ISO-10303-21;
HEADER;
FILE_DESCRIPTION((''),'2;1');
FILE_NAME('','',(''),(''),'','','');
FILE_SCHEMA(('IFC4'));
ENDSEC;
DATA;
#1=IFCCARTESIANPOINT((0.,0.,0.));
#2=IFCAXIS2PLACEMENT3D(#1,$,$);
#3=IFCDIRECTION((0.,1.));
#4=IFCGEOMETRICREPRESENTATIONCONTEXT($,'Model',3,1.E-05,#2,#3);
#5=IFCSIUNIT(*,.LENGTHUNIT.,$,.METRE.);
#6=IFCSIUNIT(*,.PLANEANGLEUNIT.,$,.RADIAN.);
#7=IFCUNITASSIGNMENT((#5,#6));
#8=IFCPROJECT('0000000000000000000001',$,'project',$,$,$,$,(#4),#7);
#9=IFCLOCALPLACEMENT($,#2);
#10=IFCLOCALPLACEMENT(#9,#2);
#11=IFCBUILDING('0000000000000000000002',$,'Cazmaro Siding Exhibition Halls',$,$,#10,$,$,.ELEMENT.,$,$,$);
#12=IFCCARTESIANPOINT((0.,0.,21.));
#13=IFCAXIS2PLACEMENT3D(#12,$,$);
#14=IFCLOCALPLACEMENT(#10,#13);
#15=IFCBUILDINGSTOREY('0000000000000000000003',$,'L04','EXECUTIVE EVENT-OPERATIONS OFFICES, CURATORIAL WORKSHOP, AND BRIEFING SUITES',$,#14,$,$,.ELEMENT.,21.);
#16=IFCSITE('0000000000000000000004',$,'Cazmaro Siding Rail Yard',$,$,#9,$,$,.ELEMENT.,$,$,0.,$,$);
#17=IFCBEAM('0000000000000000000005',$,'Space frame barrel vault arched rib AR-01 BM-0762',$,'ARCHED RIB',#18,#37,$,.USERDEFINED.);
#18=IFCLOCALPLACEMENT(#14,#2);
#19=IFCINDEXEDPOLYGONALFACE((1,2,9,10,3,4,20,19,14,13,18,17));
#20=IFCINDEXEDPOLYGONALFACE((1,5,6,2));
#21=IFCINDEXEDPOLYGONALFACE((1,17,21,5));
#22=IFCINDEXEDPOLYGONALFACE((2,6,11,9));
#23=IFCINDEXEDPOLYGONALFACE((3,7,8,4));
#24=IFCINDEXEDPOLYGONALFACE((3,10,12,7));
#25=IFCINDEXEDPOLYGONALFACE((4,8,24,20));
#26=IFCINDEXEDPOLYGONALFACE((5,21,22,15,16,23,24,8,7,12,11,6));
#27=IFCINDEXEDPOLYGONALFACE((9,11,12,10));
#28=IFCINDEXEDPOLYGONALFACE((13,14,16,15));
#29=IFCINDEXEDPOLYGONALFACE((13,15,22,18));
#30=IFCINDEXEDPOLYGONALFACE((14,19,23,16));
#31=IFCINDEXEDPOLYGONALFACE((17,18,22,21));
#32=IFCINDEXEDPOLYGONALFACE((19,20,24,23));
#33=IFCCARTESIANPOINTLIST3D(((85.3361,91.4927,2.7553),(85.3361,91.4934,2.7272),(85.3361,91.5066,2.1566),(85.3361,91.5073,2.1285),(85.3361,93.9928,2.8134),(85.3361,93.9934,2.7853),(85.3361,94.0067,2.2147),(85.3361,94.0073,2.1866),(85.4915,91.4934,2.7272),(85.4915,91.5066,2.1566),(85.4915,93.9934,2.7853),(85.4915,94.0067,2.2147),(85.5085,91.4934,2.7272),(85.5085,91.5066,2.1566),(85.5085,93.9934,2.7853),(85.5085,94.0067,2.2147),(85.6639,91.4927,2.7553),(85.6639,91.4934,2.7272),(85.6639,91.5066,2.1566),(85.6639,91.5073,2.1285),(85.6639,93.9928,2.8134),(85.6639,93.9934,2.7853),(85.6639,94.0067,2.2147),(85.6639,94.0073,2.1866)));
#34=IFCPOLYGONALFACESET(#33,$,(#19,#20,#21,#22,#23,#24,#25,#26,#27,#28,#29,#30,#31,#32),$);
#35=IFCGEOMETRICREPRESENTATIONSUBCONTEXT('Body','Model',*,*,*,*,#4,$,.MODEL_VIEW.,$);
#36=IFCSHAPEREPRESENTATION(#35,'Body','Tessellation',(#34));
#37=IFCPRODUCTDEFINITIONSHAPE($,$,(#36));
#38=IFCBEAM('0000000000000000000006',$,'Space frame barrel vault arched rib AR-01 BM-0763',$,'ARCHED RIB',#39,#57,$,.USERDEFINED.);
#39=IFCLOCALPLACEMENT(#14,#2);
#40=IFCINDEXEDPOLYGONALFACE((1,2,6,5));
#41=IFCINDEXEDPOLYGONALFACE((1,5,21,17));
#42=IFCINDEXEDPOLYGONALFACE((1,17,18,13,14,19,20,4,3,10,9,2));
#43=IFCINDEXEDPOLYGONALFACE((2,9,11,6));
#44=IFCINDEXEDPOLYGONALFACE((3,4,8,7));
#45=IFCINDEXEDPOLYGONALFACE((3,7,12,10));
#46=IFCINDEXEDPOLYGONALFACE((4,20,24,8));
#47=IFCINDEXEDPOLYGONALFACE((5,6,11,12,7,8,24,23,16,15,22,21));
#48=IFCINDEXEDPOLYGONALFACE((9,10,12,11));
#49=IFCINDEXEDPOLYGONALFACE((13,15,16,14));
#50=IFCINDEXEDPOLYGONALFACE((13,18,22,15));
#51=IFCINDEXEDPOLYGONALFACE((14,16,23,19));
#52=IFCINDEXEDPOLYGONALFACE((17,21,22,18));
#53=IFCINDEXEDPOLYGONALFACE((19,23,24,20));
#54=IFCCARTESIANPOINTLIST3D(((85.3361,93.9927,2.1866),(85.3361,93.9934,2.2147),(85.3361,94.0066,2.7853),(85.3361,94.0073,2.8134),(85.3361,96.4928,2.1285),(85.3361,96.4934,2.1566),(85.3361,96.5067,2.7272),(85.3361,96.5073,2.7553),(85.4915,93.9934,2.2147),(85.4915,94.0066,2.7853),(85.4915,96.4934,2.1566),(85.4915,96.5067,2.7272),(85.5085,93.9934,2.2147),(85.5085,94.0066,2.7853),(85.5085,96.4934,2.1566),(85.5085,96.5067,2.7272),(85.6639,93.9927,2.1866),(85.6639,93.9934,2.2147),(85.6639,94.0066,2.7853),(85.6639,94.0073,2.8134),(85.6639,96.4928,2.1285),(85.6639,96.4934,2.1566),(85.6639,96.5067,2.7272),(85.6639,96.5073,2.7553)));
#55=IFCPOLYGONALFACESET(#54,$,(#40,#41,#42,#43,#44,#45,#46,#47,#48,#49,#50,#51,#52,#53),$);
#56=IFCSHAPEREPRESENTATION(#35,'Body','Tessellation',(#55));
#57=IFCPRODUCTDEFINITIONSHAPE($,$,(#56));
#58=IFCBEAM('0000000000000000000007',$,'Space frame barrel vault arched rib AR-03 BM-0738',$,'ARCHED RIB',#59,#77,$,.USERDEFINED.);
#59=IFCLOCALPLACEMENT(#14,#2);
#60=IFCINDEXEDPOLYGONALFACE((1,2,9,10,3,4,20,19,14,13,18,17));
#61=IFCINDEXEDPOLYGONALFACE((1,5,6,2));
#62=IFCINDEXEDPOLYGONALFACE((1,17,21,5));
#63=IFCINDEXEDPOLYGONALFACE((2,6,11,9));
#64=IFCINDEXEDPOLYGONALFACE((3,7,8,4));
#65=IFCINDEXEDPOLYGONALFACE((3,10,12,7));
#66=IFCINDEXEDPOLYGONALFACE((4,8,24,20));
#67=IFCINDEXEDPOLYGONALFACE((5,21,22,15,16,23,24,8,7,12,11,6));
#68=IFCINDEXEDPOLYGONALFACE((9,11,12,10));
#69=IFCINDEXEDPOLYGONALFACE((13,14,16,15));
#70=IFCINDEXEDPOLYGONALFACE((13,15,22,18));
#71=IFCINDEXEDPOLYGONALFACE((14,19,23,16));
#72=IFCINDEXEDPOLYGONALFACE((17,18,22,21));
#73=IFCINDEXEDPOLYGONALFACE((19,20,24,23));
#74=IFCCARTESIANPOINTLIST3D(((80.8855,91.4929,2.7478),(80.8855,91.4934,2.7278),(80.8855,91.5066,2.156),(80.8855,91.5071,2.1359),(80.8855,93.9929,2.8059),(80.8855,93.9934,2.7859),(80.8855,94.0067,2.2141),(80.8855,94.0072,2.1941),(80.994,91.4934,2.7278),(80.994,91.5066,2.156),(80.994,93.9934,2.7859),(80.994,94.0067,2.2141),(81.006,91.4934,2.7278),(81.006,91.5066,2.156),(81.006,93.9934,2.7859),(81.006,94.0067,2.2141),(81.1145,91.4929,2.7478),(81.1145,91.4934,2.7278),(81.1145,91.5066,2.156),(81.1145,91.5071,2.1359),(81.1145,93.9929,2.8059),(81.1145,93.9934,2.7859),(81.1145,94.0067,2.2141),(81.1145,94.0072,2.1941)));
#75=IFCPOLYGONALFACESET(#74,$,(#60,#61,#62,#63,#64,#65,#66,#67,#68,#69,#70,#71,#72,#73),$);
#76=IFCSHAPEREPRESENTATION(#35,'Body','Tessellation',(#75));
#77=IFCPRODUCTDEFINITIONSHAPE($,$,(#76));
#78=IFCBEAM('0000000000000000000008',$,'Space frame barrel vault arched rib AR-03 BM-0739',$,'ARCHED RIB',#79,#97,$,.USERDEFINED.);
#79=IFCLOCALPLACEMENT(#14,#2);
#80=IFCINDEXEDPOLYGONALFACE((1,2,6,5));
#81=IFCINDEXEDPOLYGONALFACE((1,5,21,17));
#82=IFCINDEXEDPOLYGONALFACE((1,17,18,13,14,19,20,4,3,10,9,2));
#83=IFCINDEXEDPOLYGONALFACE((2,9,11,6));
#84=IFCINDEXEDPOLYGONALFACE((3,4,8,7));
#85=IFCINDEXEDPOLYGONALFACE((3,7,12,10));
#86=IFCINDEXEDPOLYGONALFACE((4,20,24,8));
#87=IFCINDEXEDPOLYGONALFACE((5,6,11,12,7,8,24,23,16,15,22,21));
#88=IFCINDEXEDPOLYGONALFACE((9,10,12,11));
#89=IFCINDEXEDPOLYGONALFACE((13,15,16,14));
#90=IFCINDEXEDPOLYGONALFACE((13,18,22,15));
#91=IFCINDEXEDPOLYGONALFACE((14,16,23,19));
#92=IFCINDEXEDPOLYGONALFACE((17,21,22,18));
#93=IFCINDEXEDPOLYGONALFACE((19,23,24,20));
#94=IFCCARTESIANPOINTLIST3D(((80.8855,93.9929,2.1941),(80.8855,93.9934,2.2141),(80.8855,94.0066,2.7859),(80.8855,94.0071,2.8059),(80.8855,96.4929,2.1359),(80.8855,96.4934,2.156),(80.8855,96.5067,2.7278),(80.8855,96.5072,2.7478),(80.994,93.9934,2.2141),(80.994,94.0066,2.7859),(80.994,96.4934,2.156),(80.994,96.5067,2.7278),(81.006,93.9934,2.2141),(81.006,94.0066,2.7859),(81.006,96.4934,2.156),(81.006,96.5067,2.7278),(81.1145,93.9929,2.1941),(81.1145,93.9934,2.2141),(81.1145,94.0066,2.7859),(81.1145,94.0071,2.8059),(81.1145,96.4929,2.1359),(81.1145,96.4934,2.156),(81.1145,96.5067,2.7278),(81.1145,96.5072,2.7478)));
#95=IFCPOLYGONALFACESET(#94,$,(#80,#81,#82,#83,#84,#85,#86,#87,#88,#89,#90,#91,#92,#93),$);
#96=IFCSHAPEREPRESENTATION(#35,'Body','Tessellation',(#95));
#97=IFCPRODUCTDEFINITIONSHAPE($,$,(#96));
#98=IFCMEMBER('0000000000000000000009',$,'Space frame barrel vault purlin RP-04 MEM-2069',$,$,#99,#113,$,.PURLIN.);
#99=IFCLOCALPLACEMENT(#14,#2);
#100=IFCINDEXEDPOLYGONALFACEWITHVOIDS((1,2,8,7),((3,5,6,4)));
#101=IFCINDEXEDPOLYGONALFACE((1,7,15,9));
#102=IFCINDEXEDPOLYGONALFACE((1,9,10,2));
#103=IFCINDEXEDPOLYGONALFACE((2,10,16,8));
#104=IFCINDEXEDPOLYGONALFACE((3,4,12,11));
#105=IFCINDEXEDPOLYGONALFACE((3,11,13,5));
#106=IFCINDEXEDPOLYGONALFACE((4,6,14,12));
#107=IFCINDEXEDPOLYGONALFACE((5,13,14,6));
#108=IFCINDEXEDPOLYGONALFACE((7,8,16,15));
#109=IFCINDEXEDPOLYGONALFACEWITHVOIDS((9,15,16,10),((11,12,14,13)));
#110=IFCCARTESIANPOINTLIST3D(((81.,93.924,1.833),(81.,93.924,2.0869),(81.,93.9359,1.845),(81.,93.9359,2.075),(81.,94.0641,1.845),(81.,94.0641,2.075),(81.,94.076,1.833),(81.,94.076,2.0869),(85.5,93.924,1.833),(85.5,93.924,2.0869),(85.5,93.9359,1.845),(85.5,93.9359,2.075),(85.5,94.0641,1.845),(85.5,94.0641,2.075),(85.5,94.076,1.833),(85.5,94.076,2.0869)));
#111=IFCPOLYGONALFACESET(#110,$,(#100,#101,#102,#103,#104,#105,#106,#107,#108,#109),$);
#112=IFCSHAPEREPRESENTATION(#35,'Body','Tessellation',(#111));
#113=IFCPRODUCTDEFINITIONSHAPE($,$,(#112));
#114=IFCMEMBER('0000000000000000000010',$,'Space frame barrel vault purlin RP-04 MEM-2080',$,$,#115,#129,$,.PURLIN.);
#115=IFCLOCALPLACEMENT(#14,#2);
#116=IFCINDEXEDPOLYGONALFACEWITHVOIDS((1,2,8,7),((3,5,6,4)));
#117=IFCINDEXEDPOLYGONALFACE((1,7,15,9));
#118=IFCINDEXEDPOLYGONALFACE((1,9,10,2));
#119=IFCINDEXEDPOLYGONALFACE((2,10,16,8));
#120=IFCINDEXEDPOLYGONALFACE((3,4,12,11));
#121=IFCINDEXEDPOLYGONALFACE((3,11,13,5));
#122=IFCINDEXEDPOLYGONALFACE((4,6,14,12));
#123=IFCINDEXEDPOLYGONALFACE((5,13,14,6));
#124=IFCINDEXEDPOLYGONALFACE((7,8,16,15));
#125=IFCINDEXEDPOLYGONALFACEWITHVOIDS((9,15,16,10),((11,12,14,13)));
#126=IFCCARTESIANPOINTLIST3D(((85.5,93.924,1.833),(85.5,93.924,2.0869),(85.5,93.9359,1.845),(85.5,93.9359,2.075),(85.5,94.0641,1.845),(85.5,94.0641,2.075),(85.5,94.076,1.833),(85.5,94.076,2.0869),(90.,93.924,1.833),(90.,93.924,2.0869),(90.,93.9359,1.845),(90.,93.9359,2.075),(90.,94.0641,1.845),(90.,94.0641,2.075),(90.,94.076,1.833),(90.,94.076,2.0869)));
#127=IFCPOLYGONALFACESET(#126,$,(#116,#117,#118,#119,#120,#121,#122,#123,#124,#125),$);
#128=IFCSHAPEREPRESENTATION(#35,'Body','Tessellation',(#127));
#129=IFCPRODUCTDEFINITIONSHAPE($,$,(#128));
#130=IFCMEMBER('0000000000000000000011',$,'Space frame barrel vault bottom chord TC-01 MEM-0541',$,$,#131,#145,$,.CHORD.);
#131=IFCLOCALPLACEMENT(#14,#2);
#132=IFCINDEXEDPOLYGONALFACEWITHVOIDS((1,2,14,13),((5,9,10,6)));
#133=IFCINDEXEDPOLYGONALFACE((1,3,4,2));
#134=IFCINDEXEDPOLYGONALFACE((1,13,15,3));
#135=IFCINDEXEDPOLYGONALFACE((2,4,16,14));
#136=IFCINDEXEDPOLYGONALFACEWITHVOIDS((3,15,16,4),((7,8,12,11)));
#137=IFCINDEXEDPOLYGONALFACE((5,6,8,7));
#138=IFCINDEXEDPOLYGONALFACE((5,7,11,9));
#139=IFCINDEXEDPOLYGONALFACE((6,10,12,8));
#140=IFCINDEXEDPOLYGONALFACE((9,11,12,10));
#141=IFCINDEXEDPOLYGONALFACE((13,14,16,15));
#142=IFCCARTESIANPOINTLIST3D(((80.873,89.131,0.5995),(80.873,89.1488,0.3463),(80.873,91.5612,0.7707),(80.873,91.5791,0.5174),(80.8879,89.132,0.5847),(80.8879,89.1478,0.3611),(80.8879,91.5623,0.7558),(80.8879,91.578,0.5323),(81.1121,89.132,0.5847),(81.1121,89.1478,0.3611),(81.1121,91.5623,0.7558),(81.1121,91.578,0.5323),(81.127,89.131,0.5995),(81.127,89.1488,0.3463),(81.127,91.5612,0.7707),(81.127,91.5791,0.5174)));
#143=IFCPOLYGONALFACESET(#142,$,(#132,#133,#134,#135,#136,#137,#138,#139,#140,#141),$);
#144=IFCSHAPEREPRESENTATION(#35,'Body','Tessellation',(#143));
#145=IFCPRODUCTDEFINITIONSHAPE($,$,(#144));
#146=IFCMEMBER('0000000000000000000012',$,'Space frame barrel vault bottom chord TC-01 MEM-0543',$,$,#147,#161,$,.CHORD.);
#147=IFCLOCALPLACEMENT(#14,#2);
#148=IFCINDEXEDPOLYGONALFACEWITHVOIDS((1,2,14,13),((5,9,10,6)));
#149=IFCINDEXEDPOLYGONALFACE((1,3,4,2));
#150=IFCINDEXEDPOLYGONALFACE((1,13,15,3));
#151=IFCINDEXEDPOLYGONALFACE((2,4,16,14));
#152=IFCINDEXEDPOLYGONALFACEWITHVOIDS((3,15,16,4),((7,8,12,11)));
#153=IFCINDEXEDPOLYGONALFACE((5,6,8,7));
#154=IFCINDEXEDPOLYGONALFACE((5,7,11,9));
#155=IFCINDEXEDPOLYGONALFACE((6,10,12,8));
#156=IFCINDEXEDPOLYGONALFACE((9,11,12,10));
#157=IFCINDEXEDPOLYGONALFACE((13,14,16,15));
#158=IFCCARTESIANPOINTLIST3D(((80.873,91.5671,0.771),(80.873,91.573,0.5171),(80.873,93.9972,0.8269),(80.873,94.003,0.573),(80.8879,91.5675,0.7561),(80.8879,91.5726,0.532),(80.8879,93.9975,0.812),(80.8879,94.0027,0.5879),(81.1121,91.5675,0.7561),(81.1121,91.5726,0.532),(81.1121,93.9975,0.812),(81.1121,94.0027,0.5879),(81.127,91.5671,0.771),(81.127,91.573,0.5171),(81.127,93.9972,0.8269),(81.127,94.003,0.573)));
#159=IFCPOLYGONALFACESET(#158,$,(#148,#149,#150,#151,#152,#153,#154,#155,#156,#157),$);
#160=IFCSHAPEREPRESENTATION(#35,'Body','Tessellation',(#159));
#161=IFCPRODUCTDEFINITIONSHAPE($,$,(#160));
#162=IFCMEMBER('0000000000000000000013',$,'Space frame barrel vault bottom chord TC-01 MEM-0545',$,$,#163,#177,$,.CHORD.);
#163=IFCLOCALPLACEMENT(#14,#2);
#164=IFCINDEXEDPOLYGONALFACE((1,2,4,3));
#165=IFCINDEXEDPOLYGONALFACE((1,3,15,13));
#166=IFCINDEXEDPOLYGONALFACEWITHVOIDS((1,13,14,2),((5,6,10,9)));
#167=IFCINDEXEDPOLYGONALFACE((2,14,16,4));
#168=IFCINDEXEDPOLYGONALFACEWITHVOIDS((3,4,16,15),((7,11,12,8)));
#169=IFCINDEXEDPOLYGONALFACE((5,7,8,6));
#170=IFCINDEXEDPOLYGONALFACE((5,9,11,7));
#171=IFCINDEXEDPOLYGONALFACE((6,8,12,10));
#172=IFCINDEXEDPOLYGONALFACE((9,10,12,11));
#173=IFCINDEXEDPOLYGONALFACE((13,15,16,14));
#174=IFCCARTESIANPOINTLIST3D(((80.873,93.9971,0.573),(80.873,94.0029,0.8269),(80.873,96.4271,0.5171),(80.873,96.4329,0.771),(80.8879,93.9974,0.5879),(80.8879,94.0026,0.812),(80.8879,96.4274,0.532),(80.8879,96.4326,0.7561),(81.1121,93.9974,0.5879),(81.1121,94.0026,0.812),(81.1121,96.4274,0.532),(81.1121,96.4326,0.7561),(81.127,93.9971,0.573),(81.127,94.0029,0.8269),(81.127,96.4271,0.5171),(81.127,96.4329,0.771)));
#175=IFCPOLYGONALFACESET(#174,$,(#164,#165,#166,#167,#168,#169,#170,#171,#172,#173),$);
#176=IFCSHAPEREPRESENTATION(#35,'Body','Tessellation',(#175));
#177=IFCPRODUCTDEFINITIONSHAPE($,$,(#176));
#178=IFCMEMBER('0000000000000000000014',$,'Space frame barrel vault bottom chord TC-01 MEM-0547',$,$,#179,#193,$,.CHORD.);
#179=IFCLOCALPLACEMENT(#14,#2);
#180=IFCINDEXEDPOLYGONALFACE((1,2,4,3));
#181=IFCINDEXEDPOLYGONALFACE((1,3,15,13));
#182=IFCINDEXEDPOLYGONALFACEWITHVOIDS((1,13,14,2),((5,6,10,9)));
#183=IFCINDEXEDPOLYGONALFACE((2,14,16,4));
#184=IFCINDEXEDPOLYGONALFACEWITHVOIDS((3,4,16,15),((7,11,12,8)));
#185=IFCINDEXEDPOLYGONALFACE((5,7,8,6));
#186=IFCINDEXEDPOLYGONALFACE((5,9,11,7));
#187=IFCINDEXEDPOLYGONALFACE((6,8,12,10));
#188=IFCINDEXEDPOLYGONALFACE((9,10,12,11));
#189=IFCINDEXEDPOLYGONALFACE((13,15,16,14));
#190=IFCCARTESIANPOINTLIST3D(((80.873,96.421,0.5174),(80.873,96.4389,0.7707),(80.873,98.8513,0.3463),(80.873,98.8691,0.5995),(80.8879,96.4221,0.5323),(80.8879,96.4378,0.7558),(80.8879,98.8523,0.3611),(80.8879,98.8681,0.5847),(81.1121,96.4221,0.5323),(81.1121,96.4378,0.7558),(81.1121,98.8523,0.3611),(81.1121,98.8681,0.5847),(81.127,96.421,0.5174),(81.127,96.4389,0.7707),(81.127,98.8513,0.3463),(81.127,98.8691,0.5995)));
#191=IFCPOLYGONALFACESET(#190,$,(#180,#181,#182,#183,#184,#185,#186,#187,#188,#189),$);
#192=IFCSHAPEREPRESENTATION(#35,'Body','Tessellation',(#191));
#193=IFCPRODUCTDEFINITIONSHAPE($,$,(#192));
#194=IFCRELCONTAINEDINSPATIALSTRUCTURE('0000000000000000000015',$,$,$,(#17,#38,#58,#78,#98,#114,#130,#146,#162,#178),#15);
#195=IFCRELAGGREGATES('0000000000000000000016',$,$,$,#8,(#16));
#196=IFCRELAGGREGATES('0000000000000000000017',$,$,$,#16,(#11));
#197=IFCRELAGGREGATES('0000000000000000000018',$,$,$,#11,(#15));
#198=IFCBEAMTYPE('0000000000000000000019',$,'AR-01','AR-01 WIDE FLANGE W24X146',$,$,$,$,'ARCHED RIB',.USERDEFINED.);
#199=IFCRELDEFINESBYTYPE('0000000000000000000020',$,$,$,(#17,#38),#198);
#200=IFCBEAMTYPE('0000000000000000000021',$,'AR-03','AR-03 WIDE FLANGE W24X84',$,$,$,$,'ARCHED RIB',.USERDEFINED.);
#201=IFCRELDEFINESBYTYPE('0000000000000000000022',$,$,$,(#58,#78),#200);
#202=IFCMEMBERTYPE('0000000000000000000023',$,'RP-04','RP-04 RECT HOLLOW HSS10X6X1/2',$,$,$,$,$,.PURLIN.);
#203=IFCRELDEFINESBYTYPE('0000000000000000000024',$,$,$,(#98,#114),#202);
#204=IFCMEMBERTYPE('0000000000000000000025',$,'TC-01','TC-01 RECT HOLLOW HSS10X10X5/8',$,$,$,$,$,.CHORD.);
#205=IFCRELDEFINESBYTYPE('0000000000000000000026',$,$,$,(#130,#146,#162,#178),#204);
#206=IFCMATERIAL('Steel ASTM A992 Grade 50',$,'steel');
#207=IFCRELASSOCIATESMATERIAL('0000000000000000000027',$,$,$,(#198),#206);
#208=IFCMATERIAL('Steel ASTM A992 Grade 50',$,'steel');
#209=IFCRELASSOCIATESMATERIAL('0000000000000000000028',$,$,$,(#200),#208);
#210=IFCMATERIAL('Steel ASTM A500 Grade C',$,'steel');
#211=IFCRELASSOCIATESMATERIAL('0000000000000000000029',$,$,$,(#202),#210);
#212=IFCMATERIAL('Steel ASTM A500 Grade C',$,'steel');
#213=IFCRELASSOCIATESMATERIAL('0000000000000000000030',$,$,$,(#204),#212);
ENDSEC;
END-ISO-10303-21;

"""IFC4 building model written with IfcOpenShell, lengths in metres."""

from ifc_helpers import new_model, si_unit, direction, frame, origin, origin_2d, place, context, subcontext, project, spatial, hollow_rectangle, i_section, extrude, material, material_profile, profile_set, type_object, element, save


model = new_model("IFC4")

# Units and contexts
model_context = context("Model", 3, precision=1e-05, world=origin(), true_north=direction((0.0, 1.0)))
body_context = subcontext(model_context, "Body", "Model", "MODEL_VIEW")
ifc_project = project(units=[si_unit("LENGTHUNIT", "METRE"), si_unit("PLANEANGLEUNIT", "RADIAN")], contexts=[model_context])

# Site, building, storey
site_placement = place(None, origin())
site = spatial("IfcSite", under=ifc_project, at=site_placement, Name="Cazmaro Siding Rail Yard", CompositionType="ELEMENT", RefElevation=0.0)
building_placement = place(site_placement, origin())
building = spatial("IfcBuilding", under=site, at=building_placement, Name="Cazmaro Siding Exhibition Halls", CompositionType="ELEMENT")
storey_placement = place(building_placement, frame((0.0, 0.0, 21.0)))
storey = spatial("IfcBuildingStorey", under=building, at=storey_placement, Name="L04", Description="EXECUTIVE EVENT-OPERATIONS OFFICES, CURATORIAL WORKSHOP, AND BRIEFING SUITES", CompositionType="ELEMENT", Elevation=21.0)

# Beams
ifc_material_1 = material(Name="Steel ASTM A992 Grade 50", Category="steel")
ifc_material_profile_1 = material_profile(ifc_material_1, i_section(OverallWidth=0.3279, OverallDepth=0.627, WebThickness=0.0171, FlangeThickness=0.0281, at=origin_2d()), Name="W24X146")
ifc_profile_set_1 = profile_set([ifc_material_profile_1], Name="Steel ASTM A992 Grade 50")
beam_type_1 = type_object("IfcBeamType", Name="AR-01", Description="AR-01 WIDE FLANGE W24X146", ElementType="ARCHED RIB", PredefinedType="USERDEFINED", material=ifc_profile_set_1)
for number, where, z_axis, x_axis, name in (
    (1, (85.5, 91.5, 2.4419), (0.0, 0.99973, 0.023236), (-1.0, 0.0, 0.0), "Space frame barrel vault arched rib AR-01 BM-0762"),
    (2, (85.5, 94.0, 2.5), (0.0, 0.99973, -0.023236), (-1.0, 0.0, 0.0), "Space frame barrel vault arched rib AR-01 BM-0763"),
):
    element("IfcBeam", number, at=place(storey_placement, frame(where, z_axis=z_axis, x_axis=x_axis)), inside=storey, type_object=beam_type_1, Name=name, ObjectType="ARCHED RIB", PredefinedType="USERDEFINED", context=body_context, shape_type="SweptSolid", body=[
        extrude(i_section(OverallWidth=0.3279, OverallDepth=0.627, WebThickness=0.0171, FlangeThickness=0.0281, at=origin_2d()), origin(), (0.0, 0.0, 1.0), 2.5007),
    ])
ifc_material_2 = material(Name="Steel ASTM A992 Grade 50", Category="steel")
ifc_material_profile_2 = material_profile(ifc_material_2, i_section(OverallWidth=0.229, OverallDepth=0.6121, WebThickness=0.012, FlangeThickness=0.02, at=origin_2d()), Name="W24X84")
ifc_profile_set_2 = profile_set([ifc_material_profile_2], Name="Steel ASTM A992 Grade 50")
beam_type_2 = type_object("IfcBeamType", Name="AR-03", Description="AR-03 WIDE FLANGE W24X84", ElementType="ARCHED RIB", PredefinedType="USERDEFINED", material=ifc_profile_set_2)
for number, where, z_axis, x_axis, name in (
    (3, (81.0, 91.5, 2.4419), (0.0, 0.99973, 0.023236), (-1.0, 0.0, 0.0), "Space frame barrel vault arched rib AR-03 BM-0738"),
    (4, (81.0, 94.0, 2.5), (0.0, 0.99973, -0.023236), (-1.0, 0.0, 0.0), "Space frame barrel vault arched rib AR-03 BM-0739"),
):
    element("IfcBeam", number, at=place(storey_placement, frame(where, z_axis=z_axis, x_axis=x_axis)), inside=storey, type_object=beam_type_2, Name=name, ObjectType="ARCHED RIB", PredefinedType="USERDEFINED", context=body_context, shape_type="SweptSolid", body=[
        extrude(i_section(OverallWidth=0.229, OverallDepth=0.6121, WebThickness=0.012, FlangeThickness=0.02, at=origin_2d()), origin(), (0.0, 0.0, 1.0), 2.5007),
    ])

# Members
ifc_material_3 = material(Name="Steel ASTM A500 Grade C", Category="steel")
ifc_material_profile_3 = material_profile(ifc_material_3, hollow_rectangle(XDim=0.1521, YDim=0.2539, WallThickness=0.012, at=origin_2d()), Name="HSS10X6X1/2")
ifc_profile_set_3 = profile_set([ifc_material_profile_3], Name="Steel ASTM A500 Grade C")
member_type_1 = type_object("IfcMemberType", Name="RP-04", Description="RP-04 RECT HOLLOW HSS10X6X1/2", PredefinedType="PURLIN", material=ifc_profile_set_3)
for number, where, z_axis, x_axis, name in (
    (5, (81.0, 94.0, 1.96), (1.0, 0.0, 0.0), (0.0, 1.0, 0.0), "Space frame barrel vault purlin RP-04 MEM-2069"),
    (6, (85.5, 94.0, 1.96), (1.0, 0.0, 0.0), (0.0, 1.0, 0.0), "Space frame barrel vault purlin RP-04 MEM-2080"),
):
    element("IfcMember", number, at=place(storey_placement, frame(where, z_axis=z_axis, x_axis=x_axis)), inside=storey, type_object=member_type_1, Name=name, PredefinedType="PURLIN", context=body_context, shape_type="SweptSolid", body=[
        extrude(hollow_rectangle(XDim=0.1521, YDim=0.2539, WallThickness=0.012, at=origin_2d()), origin(), (0.0, 0.0, 1.0), 4.5),
    ])
ifc_material_4 = material(Name="Steel ASTM A500 Grade C", Category="steel")
ifc_material_profile_4 = material_profile(ifc_material_4, hollow_rectangle(XDim=0.2539, YDim=0.2539, WallThickness=0.0149, at=origin_2d()), Name="HSS10X10X5/8")
ifc_profile_set_4 = profile_set([ifc_material_profile_4], Name="Steel ASTM A500 Grade C")
member_type_2 = type_object("IfcMemberType", Name="TC-01", Description="TC-01 RECT HOLLOW HSS10X10X5/8", PredefinedType="CHORD", material=ifc_profile_set_4)
member_1_placement = place(storey_placement, frame((81.0, 89.1399, 0.4729), z_axis=(0.0, 0.997529, 0.07025), x_axis=(-1.0, 0.0, 0.0)))
element("IfcMember", 7, at=member_1_placement, inside=storey, type_object=member_type_2, Name="Space frame barrel vault bottom chord TC-01 MEM-0541", PredefinedType="CHORD", context=body_context, shape_type="SweptSolid", body=[
    extrude(hollow_rectangle(XDim=0.2539, YDim=0.2539, WallThickness=0.0149, at=origin_2d()), origin(), (0.0, 0.0, 1.0), 2.4363),
])
for number, where, z_axis, x_axis, name in (
    (8, (81.0, 91.5701, 0.644), (0.0, 0.999735, 0.023002), (-1.0, 0.0, 0.0), "Space frame barrel vault bottom chord TC-01 MEM-0543"),
    (9, (81.0, 94.0, 0.7), (0.0, 0.999735, -0.023002), (-1.0, 0.0, 0.0), "Space frame barrel vault bottom chord TC-01 MEM-0545"),
):
    element("IfcMember", number, at=place(storey_placement, frame(where, z_axis=z_axis, x_axis=x_axis)), inside=storey, type_object=member_type_2, Name=name, PredefinedType="CHORD", context=body_context, shape_type="SweptSolid", body=[
        extrude(hollow_rectangle(XDim=0.2539, YDim=0.2539, WallThickness=0.0149, at=origin_2d()), origin(), (0.0, 0.0, 1.0), 2.4307),
    ])
member_2_placement = place(storey_placement, frame((81.0, 96.4299, 0.644), z_axis=(0.0, 0.997529, -0.07025), x_axis=(-1.0, 0.0, 0.0)))
element("IfcMember", 10, at=member_2_placement, inside=storey, type_object=member_type_2, Name="Space frame barrel vault bottom chord TC-01 MEM-0547", PredefinedType="CHORD", context=body_context, shape_type="SweptSolid", body=[
    extrude(hollow_rectangle(XDim=0.2539, YDim=0.2539, WallThickness=0.0149, at=origin_2d()), origin(), (0.0, 0.0, 1.0), 2.4363),
])

save(model, "model.ifc")
